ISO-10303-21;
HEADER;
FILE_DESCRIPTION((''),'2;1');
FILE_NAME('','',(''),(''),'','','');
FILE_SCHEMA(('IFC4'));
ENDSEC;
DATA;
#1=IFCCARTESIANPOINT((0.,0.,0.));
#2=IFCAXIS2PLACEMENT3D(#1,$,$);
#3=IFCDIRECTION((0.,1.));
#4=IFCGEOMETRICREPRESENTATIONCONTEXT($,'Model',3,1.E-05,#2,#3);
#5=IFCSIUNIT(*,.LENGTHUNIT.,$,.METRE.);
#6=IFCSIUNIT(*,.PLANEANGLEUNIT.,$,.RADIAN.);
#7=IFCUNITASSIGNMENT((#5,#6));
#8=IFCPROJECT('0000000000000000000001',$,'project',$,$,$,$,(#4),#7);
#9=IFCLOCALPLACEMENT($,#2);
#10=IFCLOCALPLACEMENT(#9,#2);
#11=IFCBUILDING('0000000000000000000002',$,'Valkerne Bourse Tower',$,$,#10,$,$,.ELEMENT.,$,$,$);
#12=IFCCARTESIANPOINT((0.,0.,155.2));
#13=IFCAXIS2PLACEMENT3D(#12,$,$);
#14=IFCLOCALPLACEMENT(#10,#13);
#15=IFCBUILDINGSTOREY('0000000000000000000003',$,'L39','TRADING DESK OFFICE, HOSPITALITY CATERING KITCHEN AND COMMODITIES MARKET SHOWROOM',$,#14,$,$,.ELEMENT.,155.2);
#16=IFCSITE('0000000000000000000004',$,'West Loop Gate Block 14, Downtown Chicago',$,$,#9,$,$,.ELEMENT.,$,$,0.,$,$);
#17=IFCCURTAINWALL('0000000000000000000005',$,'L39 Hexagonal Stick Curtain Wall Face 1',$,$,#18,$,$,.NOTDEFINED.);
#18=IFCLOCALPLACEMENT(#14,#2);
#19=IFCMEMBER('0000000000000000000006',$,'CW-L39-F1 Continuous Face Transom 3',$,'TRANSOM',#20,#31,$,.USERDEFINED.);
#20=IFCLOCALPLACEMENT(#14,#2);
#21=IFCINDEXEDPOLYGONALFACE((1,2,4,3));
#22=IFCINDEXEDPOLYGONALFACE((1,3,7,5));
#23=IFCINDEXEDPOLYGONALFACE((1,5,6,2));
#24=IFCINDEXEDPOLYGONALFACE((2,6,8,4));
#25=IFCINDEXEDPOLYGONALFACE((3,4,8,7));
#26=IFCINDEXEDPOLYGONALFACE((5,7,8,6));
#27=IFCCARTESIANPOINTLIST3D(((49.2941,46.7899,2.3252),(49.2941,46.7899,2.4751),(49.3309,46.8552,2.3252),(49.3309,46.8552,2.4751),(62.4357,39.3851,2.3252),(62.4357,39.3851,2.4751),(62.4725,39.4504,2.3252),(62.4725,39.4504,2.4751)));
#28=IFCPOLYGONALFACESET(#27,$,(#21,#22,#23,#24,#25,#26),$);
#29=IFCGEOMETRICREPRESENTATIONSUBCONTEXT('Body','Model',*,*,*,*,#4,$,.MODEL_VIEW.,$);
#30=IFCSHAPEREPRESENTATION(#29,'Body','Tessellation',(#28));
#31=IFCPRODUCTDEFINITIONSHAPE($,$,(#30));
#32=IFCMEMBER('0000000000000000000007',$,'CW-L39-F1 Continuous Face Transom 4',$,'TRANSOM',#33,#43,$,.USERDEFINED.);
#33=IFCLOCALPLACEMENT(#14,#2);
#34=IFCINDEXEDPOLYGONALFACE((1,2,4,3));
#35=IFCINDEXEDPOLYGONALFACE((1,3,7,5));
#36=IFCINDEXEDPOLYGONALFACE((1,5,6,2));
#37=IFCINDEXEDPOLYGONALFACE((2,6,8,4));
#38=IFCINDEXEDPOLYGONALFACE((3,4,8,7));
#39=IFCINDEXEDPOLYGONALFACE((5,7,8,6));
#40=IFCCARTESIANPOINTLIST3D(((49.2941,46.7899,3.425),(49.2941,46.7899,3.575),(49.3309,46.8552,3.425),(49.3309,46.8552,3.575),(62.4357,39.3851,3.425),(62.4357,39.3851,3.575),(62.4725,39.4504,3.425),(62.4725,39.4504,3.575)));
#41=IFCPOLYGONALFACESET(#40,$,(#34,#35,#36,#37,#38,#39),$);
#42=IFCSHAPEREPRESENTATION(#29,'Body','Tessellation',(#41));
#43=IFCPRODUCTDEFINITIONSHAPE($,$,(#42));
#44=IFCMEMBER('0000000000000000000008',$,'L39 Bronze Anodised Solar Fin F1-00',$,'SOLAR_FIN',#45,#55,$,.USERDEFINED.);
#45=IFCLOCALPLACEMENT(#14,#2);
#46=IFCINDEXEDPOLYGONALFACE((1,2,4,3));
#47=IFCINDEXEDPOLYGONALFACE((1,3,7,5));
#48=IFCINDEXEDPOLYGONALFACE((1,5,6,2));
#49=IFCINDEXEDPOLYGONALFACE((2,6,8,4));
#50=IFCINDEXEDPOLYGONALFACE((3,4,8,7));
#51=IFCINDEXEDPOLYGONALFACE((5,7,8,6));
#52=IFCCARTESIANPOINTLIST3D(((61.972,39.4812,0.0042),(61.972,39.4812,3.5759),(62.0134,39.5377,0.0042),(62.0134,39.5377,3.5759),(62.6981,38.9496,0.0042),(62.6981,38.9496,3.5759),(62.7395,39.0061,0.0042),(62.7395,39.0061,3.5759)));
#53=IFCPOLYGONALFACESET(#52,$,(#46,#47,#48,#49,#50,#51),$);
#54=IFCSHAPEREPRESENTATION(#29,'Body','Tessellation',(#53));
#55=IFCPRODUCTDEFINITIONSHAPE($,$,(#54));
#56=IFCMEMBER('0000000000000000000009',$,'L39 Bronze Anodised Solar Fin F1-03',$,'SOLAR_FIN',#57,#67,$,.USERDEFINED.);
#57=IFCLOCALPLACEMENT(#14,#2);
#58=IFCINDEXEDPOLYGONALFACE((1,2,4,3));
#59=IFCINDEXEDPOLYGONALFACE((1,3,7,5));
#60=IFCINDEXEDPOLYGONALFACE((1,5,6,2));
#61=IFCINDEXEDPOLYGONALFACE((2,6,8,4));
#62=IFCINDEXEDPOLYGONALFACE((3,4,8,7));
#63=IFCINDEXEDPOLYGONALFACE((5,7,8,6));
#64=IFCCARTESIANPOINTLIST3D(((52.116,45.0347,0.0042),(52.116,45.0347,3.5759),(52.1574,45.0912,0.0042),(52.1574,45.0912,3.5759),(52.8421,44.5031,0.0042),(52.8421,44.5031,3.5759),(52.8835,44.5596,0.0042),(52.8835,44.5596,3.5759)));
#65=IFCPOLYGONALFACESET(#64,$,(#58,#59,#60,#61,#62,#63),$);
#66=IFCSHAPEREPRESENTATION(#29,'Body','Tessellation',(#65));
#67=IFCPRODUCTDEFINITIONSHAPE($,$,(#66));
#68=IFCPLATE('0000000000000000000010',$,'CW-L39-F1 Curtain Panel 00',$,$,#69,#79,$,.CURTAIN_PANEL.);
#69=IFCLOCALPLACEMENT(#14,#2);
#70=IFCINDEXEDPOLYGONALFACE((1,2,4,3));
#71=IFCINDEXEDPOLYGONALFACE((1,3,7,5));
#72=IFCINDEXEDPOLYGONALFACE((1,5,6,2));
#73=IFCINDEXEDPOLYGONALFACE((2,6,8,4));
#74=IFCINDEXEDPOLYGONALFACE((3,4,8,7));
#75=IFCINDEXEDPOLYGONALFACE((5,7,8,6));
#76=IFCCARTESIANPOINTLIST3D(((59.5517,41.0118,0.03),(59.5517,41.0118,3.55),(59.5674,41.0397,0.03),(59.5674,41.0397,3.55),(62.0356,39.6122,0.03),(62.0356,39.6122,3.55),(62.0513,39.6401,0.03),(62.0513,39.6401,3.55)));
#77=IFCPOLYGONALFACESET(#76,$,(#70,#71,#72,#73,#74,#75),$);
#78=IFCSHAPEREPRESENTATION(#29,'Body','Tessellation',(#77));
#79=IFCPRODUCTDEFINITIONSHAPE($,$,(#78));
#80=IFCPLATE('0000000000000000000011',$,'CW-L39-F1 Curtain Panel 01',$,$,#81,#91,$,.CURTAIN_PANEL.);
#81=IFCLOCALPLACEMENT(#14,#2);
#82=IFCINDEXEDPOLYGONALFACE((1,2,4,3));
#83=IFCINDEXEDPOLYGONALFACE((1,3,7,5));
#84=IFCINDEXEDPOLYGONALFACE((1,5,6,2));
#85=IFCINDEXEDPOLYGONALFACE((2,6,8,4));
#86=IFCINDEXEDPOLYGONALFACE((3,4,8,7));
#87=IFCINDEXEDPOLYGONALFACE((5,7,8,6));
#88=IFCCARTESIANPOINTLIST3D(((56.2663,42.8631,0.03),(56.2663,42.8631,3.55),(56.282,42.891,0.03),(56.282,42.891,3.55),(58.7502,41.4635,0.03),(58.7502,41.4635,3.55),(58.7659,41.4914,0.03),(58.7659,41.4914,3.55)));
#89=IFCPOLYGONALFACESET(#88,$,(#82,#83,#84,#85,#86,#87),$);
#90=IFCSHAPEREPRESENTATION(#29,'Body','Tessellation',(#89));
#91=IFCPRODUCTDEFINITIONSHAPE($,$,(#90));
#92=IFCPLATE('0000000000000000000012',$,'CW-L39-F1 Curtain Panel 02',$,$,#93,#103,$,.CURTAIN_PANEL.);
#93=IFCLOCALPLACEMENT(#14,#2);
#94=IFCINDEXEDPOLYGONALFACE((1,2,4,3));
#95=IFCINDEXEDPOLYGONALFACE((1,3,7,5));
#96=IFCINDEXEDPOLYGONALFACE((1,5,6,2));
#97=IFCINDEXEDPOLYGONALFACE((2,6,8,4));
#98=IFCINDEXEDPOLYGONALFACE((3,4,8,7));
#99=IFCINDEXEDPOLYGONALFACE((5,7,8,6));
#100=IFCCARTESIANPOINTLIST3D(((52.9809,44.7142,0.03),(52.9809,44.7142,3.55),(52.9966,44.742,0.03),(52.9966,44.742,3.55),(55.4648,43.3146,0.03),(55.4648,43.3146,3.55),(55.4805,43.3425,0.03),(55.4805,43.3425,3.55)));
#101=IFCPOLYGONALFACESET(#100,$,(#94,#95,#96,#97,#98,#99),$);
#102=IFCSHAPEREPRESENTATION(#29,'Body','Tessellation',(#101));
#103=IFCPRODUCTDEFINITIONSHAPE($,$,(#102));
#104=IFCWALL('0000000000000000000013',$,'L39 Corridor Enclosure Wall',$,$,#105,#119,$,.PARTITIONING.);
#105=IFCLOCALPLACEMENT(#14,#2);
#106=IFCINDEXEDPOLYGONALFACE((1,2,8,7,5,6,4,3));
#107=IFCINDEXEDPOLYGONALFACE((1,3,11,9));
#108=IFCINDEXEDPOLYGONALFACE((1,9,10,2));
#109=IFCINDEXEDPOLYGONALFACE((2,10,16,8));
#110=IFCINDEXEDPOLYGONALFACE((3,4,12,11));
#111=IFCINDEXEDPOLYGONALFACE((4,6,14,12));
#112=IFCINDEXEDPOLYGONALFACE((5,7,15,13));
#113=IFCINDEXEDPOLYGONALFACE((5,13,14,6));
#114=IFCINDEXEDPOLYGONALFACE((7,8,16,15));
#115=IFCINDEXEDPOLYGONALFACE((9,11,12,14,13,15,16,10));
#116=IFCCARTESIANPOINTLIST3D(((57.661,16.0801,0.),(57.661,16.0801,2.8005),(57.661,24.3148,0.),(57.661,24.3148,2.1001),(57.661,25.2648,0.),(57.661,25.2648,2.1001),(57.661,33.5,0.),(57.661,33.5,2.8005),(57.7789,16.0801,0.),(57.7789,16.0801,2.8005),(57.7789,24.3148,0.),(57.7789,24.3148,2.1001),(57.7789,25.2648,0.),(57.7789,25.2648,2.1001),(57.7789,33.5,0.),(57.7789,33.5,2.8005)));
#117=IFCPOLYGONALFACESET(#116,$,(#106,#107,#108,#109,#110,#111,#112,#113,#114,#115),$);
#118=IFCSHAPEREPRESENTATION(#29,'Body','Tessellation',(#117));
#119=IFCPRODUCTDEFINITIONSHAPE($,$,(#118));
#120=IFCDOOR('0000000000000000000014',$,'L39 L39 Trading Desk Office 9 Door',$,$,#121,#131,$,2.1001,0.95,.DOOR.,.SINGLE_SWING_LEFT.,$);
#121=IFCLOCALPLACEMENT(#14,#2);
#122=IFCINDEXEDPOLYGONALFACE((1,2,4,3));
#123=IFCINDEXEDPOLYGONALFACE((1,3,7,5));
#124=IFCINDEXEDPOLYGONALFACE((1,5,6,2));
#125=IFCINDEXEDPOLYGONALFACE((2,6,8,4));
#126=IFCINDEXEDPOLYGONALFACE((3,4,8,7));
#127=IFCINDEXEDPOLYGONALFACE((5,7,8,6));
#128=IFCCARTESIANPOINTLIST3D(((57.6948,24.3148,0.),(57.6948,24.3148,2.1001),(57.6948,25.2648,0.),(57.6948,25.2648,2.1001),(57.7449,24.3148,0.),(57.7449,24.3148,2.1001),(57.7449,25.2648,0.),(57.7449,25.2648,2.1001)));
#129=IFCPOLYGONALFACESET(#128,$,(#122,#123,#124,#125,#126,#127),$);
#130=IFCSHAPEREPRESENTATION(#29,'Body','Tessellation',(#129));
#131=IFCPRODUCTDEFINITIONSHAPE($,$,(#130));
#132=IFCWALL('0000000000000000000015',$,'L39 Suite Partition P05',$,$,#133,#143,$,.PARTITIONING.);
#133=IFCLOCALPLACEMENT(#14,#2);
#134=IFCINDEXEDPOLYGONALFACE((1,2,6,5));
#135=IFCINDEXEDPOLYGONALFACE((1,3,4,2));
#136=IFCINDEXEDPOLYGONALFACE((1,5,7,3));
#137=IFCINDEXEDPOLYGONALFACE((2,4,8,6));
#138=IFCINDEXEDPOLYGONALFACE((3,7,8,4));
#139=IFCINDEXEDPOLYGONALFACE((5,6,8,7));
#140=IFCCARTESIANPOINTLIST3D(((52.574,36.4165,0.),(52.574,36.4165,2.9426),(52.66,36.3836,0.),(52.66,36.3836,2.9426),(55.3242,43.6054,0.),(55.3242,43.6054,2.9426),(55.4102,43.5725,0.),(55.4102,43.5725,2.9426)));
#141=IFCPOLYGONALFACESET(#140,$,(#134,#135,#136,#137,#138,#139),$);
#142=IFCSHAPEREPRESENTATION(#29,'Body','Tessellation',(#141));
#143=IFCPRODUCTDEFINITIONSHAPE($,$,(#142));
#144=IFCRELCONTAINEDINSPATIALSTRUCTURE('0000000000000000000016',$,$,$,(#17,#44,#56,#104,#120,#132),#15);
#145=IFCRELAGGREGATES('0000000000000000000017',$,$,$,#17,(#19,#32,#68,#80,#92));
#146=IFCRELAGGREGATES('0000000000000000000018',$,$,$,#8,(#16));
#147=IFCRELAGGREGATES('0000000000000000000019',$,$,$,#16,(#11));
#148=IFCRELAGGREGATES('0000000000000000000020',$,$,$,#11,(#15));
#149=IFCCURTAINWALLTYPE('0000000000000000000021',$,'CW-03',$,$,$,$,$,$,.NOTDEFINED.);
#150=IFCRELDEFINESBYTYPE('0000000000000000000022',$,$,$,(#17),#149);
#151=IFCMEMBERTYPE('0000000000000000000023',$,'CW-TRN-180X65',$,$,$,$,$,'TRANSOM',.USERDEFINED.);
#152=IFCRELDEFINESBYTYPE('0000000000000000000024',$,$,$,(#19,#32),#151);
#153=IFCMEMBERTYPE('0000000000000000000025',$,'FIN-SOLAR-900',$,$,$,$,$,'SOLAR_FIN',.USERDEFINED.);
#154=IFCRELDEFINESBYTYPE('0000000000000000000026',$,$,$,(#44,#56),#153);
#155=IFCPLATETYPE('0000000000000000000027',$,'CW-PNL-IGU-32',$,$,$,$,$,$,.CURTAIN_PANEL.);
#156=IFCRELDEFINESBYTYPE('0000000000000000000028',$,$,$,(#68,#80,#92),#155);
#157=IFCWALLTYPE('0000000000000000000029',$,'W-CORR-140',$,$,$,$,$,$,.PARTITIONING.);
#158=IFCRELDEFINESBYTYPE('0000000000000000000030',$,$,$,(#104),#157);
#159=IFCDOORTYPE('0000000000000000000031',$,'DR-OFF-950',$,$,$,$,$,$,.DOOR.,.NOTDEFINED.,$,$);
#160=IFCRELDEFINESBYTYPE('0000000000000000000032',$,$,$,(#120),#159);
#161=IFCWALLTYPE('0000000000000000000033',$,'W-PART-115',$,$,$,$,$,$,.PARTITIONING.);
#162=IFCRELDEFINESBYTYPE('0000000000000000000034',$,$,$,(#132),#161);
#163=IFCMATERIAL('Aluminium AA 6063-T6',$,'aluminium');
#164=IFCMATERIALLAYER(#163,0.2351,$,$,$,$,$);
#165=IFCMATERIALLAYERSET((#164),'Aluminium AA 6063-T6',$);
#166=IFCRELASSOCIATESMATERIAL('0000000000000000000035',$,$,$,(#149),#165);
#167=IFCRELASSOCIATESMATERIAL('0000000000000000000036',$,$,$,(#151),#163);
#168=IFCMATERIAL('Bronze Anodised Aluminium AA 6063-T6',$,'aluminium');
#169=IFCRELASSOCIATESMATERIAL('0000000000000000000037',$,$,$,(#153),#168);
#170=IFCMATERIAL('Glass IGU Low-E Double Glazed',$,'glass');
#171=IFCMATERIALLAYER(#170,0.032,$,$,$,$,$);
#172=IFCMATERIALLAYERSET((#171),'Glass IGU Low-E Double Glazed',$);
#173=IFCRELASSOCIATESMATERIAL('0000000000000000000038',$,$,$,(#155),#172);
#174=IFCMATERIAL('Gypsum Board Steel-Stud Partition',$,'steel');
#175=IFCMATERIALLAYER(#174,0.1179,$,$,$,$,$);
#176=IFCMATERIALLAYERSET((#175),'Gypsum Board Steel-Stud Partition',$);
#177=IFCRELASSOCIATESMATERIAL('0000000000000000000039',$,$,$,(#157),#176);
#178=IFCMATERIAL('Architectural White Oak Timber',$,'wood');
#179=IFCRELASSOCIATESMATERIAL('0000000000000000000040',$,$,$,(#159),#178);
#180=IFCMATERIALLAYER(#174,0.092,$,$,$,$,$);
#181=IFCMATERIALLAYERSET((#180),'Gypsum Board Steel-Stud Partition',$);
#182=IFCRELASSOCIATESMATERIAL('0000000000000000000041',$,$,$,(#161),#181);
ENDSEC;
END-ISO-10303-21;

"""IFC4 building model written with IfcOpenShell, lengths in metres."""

from ifc_helpers import new_model, si_unit, direction, frame, frame_2d, origin, origin_2d, place, context, subcontext, project, spatial, rectangle, extrude, material, layer, layer_set, material_profile, profile_set, type_object, element, fill, aggregate, save


model = new_model("IFC4")

# Units and contexts
model_context = context("Model", 3, precision=1e-05, world=origin(), true_north=direction((0.0, 1.0)))
body_context = subcontext(model_context, "Body", "Model", "MODEL_VIEW")
ifc_project = project(units=[si_unit("LENGTHUNIT", "METRE"), si_unit("PLANEANGLEUNIT", "RADIAN")], contexts=[model_context])

# Site, building, storey
site_placement = place(None, origin())
site = spatial("IfcSite", under=ifc_project, at=site_placement, Name="West Loop Gate Block 14, Downtown Chicago", CompositionType="ELEMENT", RefElevation=0.0)
building_placement = place(site_placement, origin())
building = spatial("IfcBuilding", under=site, at=building_placement, Name="Valkerne Bourse Tower", CompositionType="ELEMENT")
storey_placement = place(building_placement, frame((0.0, 0.0, 155.2)))
storey = spatial("IfcBuildingStorey", under=building, at=storey_placement, Name="L39", Description="TRADING DESK OFFICE, HOSPITALITY CATERING KITCHEN AND COMMODITIES MARKET SHOWROOM", CompositionType="ELEMENT", Elevation=155.2)

# Curtain wall
ifc_material_1 = material(Name="Aluminium AA 6063-T6", Category="aluminium")
ifc_layer_1 = layer(ifc_material_1, 0.2351)
ifc_layer_set_1 = layer_set([ifc_layer_1], Name="Aluminium AA 6063-T6")
curtain_wall_type = type_object("IfcCurtainWallType", Name="CW-03", PredefinedType="NOTDEFINED", material=ifc_layer_set_1)
curtain_wall_1_placement = place(storey_placement, origin())
curtain_wall_1 = element("IfcCurtainWall", 1, at=curtain_wall_1_placement, inside=storey, type_object=curtain_wall_type, Name="L39 Hexagonal Stick Curtain Wall Face 1", PredefinedType="NOTDEFINED")

# Members
ifc_material_profile_1 = material_profile(ifc_material_1, rectangle(XDim=0.075, YDim=0.1499, at=origin_2d()), Name="CWT-75X150")
ifc_profile_set_1 = profile_set([ifc_material_profile_1], Name="Aluminium AA 6063-T6")
member_type_1 = type_object("IfcMemberType", Name="CW-TRN-180X65", ElementType="TRANSOM", PredefinedType="USERDEFINED", material=ifc_profile_set_1)
member_1_placement = place(storey_placement, frame((62.4541, 39.4177, 2.4001), z_axis=(-0.871217, 0.490897, 0.0), x_axis=(-0.490897, -0.871217, 0.0)))
member_1 = element("IfcMember", 2, at=member_1_placement, type_object=member_type_1, Name="CW-L39-F1 Continuous Face Transom 3", ObjectType="TRANSOM", PredefinedType="USERDEFINED", context=body_context, shape_type="SweptSolid", body=[
    extrude(rectangle(XDim=0.075, YDim=0.1499, at=origin_2d()), origin(), (0.0, 0.0, 1.0), 15.0842),
])
member_2_placement = place(storey_placement, frame((62.4541, 39.4177, 3.5), z_axis=(-0.871217, 0.490897, 0.0), x_axis=(-0.490897, -0.871217, 0.0)))
member_2 = element("IfcMember", 3, at=member_2_placement, type_object=member_type_1, Name="CW-L39-F1 Continuous Face Transom 4", ObjectType="TRANSOM", PredefinedType="USERDEFINED", context=body_context, shape_type="SweptSolid", body=[
    extrude(rectangle(XDim=0.075, YDim=0.1499, at=origin_2d()), origin(), (0.0, 0.0, 1.0), 15.0842),
])

# Members
ifc_material_2 = material(Name="Bronze Anodised Aluminium AA 6063-T6", Category="aluminium")
ifc_material_profile_2 = material_profile(ifc_material_2, rectangle(XDim=0.0701, YDim=0.8999, at=origin_2d()), Name="FIN-70X900")
ifc_profile_set_2 = profile_set([ifc_material_profile_2], Name="Bronze Anodised Aluminium AA 6063-T6")
member_type_2 = type_object("IfcMemberType", Name="FIN-SOLAR-900", ElementType="SOLAR_FIN", PredefinedType="USERDEFINED", material=ifc_profile_set_2)
for number, where, z_axis, x_axis, name in (
    (4, (62.3557, 39.2437, 0.0042), (0.0, 0.0, 1.0), (0.590724, 0.806874, 0.0), "L39 Bronze Anodised Solar Fin F1-00"),
    (5, (52.4998, 44.7971, 0.0042), (0.0, 0.0, 1.0), (0.590732, 0.806868, 0.0), "L39 Bronze Anodised Solar Fin F1-03"),
):
    element("IfcMember", number, at=place(storey_placement, frame(where, z_axis=z_axis, x_axis=x_axis)), inside=storey, type_object=member_type_2, Name=name, ObjectType="SOLAR_FIN", PredefinedType="USERDEFINED", context=body_context, shape_type="SweptSolid", body=[
        extrude(rectangle(XDim=0.0701, YDim=0.8999, at=origin_2d()), origin(), (0.0, 0.0, 1.0), 3.5718),
    ])

# Plates
ifc_material_3 = material(Name="Glass IGU Low-E Double Glazed", Category="glass")
ifc_layer_2 = layer(ifc_material_3, 0.032)
ifc_layer_set_2 = layer_set([ifc_layer_2], Name="Glass IGU Low-E Double Glazed")
plate_type = type_object("IfcPlateType", Name="CW-PNL-IGU-32", PredefinedType="CURTAIN_PANEL", material=ifc_layer_set_2)
plate_1_placement = place(storey_placement, frame((60.8015, 40.3259, 0.03), z_axis=(0.0, 0.0, 1.0), x_axis=(-0.871217, 0.490898, 0.0)))
plate_1 = element("IfcPlate", 6, at=plate_1_placement, type_object=plate_type, Name="CW-L39-F1 Curtain Panel 00", PredefinedType="CURTAIN_PANEL", context=body_context, shape_type="SweptSolid", body=[
    extrude(rectangle(XDim=2.8511, YDim=0.032, at=origin_2d()), origin(), (0.0, 0.0, 1.0), 3.52),
])
plate_2_placement = place(storey_placement, frame((57.5161, 42.1772, 0.03), z_axis=(0.0, 0.0, 1.0), x_axis=(-0.871211, 0.49091, 0.0)))
plate_2 = element("IfcPlate", 7, at=plate_2_placement, type_object=plate_type, Name="CW-L39-F1 Curtain Panel 01", PredefinedType="CURTAIN_PANEL", context=body_context, shape_type="SweptSolid", body=[
    extrude(rectangle(XDim=2.8511, YDim=0.032, at=origin_2d()), origin(), (0.0, 0.0, 1.0), 3.52),
])
plate_3_placement = place(storey_placement, frame((54.2307, 44.0283, 0.03), z_axis=(0.0, 0.0, 1.0), x_axis=(-0.871217, 0.490898, 0.0)))
plate_3 = element("IfcPlate", 8, at=plate_3_placement, type_object=plate_type, Name="CW-L39-F1 Curtain Panel 02", PredefinedType="CURTAIN_PANEL", context=body_context, shape_type="SweptSolid", body=[
    extrude(rectangle(XDim=2.8511, YDim=0.032, at=origin_2d()), origin(), (0.0, 0.0, 1.0), 3.52),
])
aggregate(curtain_wall_1, [member_1, member_2, plate_1, plate_2, plate_3])

# Wall, opening, door
ifc_material_4 = material(Name="Gypsum Board Steel-Stud Partition", Category="steel")
ifc_layer_3 = layer(ifc_material_4, 0.1179)
ifc_layer_set_3 = layer_set([ifc_layer_3], Name="Gypsum Board Steel-Stud Partition")
wall_type_1 = type_object("IfcWallType", Name="W-CORR-140", PredefinedType="PARTITIONING", material=ifc_layer_set_3)
wall_1_placement = place(storey_placement, frame((57.72, 33.5, 0.0), z_axis=(0.0, 0.0, 1.0), x_axis=(0.0, -1.0, 0.0)))
wall_1 = element("IfcWall", 9, at=wall_1_placement, inside=storey, type_object=wall_type_1, Name="L39 Corridor Enclosure Wall", PredefinedType="PARTITIONING", context=body_context, shape_type="SweptSolid", body=[
    extrude(rectangle(XDim=17.4199, YDim=0.1179, at=frame_2d((8.71, 0.0))), origin(), (0.0, 0.0, 1.0), 2.8005),
])
opening_placement = place(wall_1_placement, frame((8.2351, 0.0, 0.0)))
opening = element("IfcOpeningElement", 10, at=opening_placement, cuts=wall_1, PredefinedType="OPENING", context=body_context, shape_type="SweptSolid", body=[
    extrude(rectangle(XDim=0.95, YDim=2.1001, at=frame_2d((0.4751, 1.05))), frame((0.0, 0.0688, 0.0), z_axis=(0.0, -1.0, 0.0), x_axis=(1.0, 0.0, 0.0)), (0.0, 0.0, 1.0), 0.1379),
])
ifc_material_5 = material(Name="Architectural White Oak Timber", Category="wood")
door_type = type_object("IfcDoorType", Name="DR-OFF-950", OperationType="NOTDEFINED", PredefinedType="DOOR", material=ifc_material_5)
door_placement = place(opening_placement, origin())
door = element("IfcDoor", 11, at=door_placement, inside=storey, type_object=door_type, Name="L39 L39 Trading Desk Office 9 Door", OperationType="SINGLE_SWING_LEFT", OverallHeight=2.1001, OverallWidth=0.95, PredefinedType="DOOR", context=body_context, shape_type="SweptSolid", body=[
    extrude(rectangle(XDim=0.95, YDim=2.1001, at=frame_2d((0.4751, 1.05))), frame((0.0, 0.0249, 0.0), z_axis=(0.0, -1.0, 0.0), x_axis=(1.0, 0.0, 0.0)), (0.0, 0.0, 1.0), 0.05),
])
fill(opening, door)

# Wall
ifc_layer_4 = layer(ifc_material_4, 0.092)
ifc_layer_set_4 = layer_set([ifc_layer_4], Name="Gypsum Board Steel-Stud Partition")
wall_type_2 = type_object("IfcWallType", Name="W-PART-115", PredefinedType="PARTITIONING", material=ifc_layer_set_4)
wall_2_placement = place(storey_placement, frame((52.6169, 36.3999, 0.0), z_axis=(0.0, 0.0, 1.0), x_axis=(0.35731, 0.933986, 0.0)))
element("IfcWall", 12, at=wall_2_placement, inside=storey, type_object=wall_type_2, Name="L39 Suite Partition P05", PredefinedType="PARTITIONING", context=body_context, shape_type="SweptSolid", body=[
    extrude(rectangle(XDim=7.697, YDim=0.092, at=frame_2d((3.8486, 0.0))), origin(), (0.0, 0.0, 1.0), 2.9426),
])

save(model, "model.ifc")
